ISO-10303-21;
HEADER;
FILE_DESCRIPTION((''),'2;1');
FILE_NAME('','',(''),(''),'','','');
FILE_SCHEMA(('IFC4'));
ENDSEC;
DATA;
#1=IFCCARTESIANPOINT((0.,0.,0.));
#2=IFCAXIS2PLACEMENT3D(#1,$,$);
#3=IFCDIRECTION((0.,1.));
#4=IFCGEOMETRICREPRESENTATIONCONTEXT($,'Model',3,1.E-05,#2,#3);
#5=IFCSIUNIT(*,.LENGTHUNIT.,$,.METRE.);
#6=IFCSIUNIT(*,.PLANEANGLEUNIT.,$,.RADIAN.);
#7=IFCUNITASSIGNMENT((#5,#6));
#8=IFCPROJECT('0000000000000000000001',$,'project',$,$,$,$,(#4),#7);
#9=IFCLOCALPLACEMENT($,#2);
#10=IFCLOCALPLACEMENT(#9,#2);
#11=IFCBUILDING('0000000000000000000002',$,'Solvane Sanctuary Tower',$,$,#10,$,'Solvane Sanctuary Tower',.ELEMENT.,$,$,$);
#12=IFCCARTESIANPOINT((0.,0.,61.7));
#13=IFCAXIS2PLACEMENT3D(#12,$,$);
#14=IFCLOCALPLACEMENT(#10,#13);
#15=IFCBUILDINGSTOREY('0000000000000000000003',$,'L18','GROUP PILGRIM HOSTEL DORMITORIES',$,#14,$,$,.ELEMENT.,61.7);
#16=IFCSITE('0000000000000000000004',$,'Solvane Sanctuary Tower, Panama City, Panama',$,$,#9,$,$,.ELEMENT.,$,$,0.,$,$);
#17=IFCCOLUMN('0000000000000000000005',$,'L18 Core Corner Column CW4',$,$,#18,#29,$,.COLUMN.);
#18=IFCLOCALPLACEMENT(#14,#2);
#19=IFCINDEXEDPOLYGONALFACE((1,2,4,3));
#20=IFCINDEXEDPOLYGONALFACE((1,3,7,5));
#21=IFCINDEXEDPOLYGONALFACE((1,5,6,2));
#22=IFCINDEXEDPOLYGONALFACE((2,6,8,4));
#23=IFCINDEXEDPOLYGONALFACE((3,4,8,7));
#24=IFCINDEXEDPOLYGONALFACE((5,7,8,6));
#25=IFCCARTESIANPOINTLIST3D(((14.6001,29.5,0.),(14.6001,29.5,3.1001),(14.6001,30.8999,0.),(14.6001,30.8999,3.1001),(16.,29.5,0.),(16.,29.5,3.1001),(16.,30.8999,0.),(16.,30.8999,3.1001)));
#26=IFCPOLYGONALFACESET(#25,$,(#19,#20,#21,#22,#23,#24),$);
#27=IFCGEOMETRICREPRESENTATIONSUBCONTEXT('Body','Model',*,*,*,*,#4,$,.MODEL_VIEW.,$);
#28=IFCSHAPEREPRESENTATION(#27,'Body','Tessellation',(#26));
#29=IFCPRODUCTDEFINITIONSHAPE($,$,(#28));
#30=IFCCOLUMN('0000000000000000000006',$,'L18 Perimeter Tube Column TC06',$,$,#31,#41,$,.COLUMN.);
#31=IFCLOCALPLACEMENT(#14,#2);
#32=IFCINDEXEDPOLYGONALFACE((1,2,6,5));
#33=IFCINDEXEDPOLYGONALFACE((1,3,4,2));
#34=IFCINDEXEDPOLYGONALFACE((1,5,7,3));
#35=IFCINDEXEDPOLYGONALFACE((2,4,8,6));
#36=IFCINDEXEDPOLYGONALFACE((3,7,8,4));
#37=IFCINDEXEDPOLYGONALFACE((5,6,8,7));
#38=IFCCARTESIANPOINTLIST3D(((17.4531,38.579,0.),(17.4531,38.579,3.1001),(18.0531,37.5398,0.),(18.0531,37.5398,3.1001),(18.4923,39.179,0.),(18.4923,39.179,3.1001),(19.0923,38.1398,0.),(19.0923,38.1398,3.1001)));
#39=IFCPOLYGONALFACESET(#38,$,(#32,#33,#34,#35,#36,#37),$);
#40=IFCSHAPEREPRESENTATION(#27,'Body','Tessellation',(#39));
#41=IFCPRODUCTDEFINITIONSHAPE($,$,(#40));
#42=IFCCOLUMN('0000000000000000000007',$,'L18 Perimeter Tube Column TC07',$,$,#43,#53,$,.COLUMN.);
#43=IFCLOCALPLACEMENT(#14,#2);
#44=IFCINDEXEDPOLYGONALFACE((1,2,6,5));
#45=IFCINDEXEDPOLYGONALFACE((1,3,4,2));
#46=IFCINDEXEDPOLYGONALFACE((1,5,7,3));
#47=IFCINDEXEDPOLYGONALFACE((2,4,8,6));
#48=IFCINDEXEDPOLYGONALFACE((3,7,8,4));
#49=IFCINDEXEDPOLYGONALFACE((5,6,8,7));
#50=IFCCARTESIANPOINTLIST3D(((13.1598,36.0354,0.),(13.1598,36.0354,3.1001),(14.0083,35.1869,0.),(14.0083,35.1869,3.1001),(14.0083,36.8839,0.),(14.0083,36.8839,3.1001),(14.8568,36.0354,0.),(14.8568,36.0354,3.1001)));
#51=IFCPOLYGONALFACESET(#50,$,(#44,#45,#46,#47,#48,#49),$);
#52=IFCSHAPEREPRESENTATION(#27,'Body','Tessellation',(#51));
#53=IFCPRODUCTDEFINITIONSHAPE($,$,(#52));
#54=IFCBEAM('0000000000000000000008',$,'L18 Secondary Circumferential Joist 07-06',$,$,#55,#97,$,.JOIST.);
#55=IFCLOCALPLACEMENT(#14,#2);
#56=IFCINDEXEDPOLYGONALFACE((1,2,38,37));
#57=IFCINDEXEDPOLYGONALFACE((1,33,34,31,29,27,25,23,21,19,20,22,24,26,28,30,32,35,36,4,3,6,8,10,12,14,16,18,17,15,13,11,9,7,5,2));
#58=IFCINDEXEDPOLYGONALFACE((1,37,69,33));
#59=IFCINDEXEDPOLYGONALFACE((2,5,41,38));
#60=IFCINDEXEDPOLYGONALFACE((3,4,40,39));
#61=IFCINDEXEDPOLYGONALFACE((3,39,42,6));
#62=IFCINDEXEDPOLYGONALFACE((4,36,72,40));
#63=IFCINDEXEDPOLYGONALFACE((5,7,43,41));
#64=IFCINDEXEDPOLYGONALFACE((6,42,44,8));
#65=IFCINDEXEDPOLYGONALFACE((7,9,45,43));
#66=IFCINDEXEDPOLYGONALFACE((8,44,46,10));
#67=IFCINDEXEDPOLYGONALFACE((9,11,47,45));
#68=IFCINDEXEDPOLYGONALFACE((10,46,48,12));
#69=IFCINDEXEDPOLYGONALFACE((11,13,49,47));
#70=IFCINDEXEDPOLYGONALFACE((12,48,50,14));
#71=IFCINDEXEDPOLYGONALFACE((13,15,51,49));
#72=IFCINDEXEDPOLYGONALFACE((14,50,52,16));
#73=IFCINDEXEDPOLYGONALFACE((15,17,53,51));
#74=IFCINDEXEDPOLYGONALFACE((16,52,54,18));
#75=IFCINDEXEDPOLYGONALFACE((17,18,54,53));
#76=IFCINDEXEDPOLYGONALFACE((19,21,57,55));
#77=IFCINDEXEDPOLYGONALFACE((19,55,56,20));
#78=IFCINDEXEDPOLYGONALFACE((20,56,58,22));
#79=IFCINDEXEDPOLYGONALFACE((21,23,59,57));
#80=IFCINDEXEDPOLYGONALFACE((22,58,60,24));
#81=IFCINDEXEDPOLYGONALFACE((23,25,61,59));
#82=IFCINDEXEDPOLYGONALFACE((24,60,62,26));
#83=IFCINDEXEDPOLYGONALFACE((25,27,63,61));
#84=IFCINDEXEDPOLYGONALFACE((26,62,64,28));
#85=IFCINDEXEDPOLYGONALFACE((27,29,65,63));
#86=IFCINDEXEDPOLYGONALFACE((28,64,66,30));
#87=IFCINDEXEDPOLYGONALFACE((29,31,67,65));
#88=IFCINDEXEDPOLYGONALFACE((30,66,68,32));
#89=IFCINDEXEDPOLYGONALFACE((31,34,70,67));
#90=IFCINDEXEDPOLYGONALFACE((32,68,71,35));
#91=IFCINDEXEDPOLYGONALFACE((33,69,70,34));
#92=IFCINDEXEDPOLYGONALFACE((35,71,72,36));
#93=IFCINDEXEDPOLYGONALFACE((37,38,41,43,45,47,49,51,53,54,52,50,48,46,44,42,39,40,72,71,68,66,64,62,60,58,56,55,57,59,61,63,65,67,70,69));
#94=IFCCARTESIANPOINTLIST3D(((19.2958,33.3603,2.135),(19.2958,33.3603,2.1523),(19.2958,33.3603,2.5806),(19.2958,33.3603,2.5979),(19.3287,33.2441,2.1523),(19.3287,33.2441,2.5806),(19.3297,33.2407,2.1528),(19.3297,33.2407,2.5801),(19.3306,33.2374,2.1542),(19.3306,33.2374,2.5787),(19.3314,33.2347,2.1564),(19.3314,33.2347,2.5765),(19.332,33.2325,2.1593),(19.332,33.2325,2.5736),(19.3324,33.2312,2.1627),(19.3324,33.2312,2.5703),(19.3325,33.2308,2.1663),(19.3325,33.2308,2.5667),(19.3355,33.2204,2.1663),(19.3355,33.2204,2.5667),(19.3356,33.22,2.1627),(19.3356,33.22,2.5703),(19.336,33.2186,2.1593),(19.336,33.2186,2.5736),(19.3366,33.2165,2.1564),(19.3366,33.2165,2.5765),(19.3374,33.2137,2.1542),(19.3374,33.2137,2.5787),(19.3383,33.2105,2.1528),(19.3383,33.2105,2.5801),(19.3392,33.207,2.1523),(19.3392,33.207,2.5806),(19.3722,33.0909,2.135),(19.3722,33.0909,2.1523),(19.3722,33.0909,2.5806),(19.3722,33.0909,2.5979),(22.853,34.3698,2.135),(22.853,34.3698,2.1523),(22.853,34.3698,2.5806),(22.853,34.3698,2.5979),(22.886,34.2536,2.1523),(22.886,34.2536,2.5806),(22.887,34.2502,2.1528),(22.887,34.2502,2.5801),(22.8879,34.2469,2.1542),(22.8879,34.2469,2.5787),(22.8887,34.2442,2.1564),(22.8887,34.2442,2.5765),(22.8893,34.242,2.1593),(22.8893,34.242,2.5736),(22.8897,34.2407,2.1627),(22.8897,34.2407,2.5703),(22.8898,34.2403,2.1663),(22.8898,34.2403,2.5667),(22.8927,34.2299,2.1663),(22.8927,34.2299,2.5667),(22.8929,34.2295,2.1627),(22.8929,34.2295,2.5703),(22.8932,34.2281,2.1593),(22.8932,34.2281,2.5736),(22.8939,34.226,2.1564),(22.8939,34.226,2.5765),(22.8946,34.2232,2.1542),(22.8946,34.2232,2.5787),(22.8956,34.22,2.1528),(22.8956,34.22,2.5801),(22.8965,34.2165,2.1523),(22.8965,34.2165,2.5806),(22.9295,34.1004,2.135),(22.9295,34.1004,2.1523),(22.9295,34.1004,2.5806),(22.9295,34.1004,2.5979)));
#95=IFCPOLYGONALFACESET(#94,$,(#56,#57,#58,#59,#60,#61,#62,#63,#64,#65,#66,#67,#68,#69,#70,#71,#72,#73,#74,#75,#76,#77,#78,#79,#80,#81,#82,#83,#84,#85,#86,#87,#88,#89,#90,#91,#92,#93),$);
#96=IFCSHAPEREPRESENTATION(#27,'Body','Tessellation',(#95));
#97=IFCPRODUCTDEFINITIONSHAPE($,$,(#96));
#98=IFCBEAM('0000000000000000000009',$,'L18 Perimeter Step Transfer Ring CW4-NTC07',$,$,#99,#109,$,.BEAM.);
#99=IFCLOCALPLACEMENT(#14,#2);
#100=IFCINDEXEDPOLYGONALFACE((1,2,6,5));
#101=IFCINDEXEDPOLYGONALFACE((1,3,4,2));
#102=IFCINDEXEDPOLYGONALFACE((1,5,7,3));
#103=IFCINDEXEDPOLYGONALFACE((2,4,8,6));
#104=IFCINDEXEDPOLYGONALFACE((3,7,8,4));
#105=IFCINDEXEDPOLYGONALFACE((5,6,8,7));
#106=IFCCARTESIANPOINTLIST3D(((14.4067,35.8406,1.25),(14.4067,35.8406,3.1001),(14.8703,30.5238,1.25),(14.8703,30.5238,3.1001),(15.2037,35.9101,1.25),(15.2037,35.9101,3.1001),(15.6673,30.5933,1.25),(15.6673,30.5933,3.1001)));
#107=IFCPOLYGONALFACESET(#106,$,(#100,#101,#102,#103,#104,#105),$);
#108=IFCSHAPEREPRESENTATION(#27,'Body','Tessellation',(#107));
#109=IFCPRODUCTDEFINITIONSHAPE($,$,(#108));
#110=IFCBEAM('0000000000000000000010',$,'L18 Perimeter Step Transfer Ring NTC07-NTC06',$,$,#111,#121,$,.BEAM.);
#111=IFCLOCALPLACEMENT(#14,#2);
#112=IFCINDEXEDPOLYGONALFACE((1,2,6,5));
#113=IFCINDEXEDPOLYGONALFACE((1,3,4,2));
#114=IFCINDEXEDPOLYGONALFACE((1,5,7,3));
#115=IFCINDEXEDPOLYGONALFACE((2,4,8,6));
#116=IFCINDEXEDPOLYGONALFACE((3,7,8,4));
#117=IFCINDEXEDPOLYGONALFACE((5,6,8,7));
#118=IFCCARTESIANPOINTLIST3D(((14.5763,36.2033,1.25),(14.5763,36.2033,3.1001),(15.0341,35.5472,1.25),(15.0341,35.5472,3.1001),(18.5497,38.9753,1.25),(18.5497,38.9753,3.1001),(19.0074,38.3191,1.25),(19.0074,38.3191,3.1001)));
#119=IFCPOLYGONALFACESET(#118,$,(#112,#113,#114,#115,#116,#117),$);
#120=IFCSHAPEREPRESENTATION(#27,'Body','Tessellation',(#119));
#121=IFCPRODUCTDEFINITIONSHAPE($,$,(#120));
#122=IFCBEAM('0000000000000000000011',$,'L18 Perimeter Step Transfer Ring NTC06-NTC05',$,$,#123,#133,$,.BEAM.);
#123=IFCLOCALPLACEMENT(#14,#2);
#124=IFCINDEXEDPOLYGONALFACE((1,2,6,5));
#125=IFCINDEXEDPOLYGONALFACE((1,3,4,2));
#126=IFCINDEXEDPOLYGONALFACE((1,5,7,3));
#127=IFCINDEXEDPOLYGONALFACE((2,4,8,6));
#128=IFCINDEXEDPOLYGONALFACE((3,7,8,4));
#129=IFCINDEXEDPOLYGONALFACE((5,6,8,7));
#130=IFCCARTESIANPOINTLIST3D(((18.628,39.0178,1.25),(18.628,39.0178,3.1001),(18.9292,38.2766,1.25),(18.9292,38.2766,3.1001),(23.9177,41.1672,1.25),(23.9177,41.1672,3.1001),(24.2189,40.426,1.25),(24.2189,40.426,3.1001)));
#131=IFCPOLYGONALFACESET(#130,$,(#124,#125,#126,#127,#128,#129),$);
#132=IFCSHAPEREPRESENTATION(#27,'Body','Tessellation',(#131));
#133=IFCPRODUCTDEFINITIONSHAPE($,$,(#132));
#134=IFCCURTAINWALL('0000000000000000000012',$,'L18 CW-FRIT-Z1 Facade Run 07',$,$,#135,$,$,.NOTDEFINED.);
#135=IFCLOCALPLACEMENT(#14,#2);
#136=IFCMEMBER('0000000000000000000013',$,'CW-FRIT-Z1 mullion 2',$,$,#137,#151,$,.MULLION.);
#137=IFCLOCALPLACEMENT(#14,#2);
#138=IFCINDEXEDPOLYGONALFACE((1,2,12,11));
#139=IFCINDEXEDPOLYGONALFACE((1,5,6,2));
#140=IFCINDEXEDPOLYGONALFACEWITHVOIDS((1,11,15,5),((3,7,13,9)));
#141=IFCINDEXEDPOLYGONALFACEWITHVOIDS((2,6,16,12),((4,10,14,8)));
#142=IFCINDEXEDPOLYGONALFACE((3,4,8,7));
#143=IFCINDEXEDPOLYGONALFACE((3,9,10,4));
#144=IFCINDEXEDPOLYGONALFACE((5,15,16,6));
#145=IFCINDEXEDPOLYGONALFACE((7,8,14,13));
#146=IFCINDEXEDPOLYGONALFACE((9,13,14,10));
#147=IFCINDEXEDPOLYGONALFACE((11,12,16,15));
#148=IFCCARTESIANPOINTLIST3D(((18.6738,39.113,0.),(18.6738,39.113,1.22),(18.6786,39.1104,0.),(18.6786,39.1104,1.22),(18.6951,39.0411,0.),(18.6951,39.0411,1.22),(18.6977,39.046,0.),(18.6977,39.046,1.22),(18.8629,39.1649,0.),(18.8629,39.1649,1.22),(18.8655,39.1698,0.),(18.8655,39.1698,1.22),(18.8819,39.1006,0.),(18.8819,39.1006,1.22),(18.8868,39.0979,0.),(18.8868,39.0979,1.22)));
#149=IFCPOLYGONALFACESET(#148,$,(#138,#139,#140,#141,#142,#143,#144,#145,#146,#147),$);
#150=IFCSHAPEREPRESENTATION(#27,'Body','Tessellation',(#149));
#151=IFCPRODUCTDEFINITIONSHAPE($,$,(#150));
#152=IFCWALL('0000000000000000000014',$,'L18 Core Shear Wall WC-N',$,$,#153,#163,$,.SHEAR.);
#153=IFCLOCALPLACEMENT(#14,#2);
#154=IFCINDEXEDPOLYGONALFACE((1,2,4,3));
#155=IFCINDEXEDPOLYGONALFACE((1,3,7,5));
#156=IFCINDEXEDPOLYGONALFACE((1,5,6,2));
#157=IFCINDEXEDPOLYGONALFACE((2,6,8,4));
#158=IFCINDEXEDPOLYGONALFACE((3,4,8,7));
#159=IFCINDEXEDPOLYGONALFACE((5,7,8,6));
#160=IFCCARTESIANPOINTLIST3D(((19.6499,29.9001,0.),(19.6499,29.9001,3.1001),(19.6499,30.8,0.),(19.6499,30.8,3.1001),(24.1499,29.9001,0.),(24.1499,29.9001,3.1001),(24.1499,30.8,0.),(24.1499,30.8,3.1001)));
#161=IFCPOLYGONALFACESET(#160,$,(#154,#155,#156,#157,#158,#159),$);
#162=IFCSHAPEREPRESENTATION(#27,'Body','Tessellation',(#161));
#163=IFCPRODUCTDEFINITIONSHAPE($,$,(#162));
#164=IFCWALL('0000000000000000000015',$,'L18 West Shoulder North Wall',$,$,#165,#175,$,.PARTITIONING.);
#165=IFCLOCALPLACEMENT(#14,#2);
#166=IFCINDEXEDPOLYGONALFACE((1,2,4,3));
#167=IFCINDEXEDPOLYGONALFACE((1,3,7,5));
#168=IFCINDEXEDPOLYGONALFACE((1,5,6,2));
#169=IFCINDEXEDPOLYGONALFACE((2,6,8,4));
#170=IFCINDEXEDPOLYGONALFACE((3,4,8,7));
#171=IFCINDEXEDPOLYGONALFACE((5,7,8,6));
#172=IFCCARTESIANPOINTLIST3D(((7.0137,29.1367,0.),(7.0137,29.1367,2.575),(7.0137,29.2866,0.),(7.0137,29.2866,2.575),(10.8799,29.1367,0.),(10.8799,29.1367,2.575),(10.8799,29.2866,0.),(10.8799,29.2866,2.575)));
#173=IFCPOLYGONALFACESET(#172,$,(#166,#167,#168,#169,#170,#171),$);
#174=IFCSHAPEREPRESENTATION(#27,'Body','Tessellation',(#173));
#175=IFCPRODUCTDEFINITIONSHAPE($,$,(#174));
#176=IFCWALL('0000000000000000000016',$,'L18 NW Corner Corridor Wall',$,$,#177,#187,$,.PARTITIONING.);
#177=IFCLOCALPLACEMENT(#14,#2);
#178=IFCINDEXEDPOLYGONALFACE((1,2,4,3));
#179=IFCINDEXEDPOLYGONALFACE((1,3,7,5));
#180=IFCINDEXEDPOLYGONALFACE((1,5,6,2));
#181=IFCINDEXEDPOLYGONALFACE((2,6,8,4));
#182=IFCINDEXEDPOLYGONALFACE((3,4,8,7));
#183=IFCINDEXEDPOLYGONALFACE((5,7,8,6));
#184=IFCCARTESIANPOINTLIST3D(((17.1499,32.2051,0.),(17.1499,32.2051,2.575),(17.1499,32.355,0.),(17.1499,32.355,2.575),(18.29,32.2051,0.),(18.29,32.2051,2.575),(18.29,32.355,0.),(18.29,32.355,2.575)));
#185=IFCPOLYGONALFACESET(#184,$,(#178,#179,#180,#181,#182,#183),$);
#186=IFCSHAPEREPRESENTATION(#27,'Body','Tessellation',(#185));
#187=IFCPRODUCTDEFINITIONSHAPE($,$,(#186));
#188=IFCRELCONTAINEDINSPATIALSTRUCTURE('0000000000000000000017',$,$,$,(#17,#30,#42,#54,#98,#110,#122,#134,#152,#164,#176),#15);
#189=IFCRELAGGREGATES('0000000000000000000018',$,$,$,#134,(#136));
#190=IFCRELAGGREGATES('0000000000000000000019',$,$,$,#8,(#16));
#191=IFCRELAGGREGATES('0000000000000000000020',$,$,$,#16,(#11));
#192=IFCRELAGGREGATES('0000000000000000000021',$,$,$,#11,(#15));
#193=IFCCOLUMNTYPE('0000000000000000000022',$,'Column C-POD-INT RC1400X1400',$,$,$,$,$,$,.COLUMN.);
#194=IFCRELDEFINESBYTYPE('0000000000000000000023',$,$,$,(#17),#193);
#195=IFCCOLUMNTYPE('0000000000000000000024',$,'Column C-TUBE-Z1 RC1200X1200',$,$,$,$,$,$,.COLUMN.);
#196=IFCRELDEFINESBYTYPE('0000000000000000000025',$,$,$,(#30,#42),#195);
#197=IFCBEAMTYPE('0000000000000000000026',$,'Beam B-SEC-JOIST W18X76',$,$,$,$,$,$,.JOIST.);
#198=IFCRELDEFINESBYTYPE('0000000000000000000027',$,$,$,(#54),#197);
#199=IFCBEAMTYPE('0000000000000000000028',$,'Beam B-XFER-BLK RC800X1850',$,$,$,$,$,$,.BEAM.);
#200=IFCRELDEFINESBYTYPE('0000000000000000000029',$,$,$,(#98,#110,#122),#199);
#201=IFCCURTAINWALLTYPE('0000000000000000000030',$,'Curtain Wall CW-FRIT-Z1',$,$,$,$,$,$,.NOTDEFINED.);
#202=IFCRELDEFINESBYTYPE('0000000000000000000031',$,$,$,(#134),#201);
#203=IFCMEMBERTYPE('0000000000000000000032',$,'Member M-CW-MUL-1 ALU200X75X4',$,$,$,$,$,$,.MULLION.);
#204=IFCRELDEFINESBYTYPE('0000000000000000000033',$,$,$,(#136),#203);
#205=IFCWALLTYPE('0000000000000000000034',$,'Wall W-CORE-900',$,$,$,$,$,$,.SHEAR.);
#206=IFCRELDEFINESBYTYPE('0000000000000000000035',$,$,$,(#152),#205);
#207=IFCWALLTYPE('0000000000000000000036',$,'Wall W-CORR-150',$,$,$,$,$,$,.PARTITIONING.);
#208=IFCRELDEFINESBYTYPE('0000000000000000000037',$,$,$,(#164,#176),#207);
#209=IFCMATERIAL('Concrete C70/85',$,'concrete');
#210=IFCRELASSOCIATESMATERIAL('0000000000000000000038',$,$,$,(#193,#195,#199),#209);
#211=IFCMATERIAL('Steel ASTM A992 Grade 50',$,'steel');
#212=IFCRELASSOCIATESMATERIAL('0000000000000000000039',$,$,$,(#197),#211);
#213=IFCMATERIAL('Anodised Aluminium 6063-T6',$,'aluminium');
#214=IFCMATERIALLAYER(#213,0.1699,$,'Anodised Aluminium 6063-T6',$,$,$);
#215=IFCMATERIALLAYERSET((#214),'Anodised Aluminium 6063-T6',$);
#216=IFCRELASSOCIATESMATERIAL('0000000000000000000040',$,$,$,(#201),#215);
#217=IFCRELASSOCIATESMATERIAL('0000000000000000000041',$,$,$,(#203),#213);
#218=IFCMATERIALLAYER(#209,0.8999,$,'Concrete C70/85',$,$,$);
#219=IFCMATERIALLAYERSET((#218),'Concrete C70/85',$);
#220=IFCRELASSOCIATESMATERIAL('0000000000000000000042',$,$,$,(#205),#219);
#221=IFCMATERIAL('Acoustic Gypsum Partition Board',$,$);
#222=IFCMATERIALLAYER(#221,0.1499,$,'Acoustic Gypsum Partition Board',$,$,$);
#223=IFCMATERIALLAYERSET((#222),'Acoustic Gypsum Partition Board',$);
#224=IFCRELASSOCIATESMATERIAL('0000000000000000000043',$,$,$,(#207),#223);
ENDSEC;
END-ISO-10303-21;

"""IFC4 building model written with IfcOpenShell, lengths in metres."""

from ifc_helpers import new_model, si_unit, direction, frame, frame_2d, origin, origin_2d, place, context, subcontext, project, spatial, rectangle, hollow_rectangle, i_section, extrude, material, layer, layer_set, material_profile, profile_set, type_object, element, aggregate, save


model = new_model("IFC4")

# Units and contexts
model_context = context("Model", 3, precision=1e-05, world=origin(), true_north=direction((0.0, 1.0)))
body_context = subcontext(model_context, "Body", "Model", "MODEL_VIEW")
ifc_project = project(units=[si_unit("LENGTHUNIT", "METRE"), si_unit("PLANEANGLEUNIT", "RADIAN")], contexts=[model_context])

# Site, building, storey
site_placement = place(None, origin())
site = spatial("IfcSite", under=ifc_project, at=site_placement, Name="Solvane Sanctuary Tower, Panama City, Panama", CompositionType="ELEMENT", RefElevation=0.0)
building_placement = place(site_placement, origin())
building = spatial("IfcBuilding", under=site, at=building_placement, Name="Solvane Sanctuary Tower", LongName="Solvane Sanctuary Tower", CompositionType="ELEMENT")
storey_placement = place(building_placement, frame((0.0, 0.0, 61.7)))
storey = spatial("IfcBuildingStorey", under=building, at=storey_placement, Name="L18", Description="GROUP PILGRIM HOSTEL DORMITORIES", CompositionType="ELEMENT", Elevation=61.7)

# Columns
ifc_material_1 = material(Name="Concrete C70/85", Category="concrete")
ifc_material_profile_1 = material_profile(ifc_material_1, rectangle(XDim=1.3999, YDim=1.3999, at=origin_2d()), Name="RC1400X1400")
ifc_profile_set_1 = profile_set([ifc_material_profile_1], Name="Concrete C70/85")
column_type_1 = type_object("IfcColumnType", Name="Column C-POD-INT RC1400X1400", PredefinedType="COLUMN", material=ifc_profile_set_1)
column_placement = place(storey_placement, frame((15.3, 30.2, 0.0), z_axis=(0.0, 0.0, 1.0), x_axis=(1.0, 0.0, 0.0)))
element("IfcColumn", 1, at=column_placement, inside=storey, type_object=column_type_1, Name="L18 Core Corner Column CW4", PredefinedType="COLUMN", context=body_context, shape_type="SweptSolid", body=[
    extrude(rectangle(XDim=1.3999, YDim=1.3999, at=origin_2d()), origin(), (0.0, 0.0, 1.0), 3.1001),
])
ifc_material_profile_2 = material_profile(ifc_material_1, rectangle(XDim=1.2, YDim=1.2, at=origin_2d()), Name="RC1200X1200")
ifc_profile_set_2 = profile_set([ifc_material_profile_2], Name="Concrete C70/85")
column_type_2 = type_object("IfcColumnType", Name="Column C-TUBE-Z1 RC1200X1200", PredefinedType="COLUMN", material=ifc_profile_set_2)
for number, where, z_axis, x_axis, name in (
    (2, (18.2727, 38.3594, 0.0), (0.0, 0.0, 1.0), (-0.5, 0.866025, 0.0), "L18 Perimeter Tube Column TC06"),
    (3, (14.0083, 36.0354, 0.0), (0.0, 0.0, 1.0), (-0.707107, 0.707107, 0.0), "L18 Perimeter Tube Column TC07"),
):
    element("IfcColumn", number, at=place(storey_placement, frame(where, z_axis=z_axis, x_axis=x_axis)), inside=storey, type_object=column_type_2, Name=name, PredefinedType="COLUMN", context=body_context, shape_type="SweptSolid", body=[
        extrude(rectangle(XDim=1.2, YDim=1.2, at=origin_2d()), origin(), (0.0, 0.0, 1.0), 3.1001),
    ])

# Beams
ifc_material_2 = material(Name="Steel ASTM A992 Grade 50", Category="steel")
ifc_material_profile_3 = material_profile(ifc_material_2, i_section(OverallWidth=0.28, OverallDepth=0.4629, WebThickness=0.0107, FlangeThickness=0.0173, FilletRadius=0.0139, at=origin_2d()), Name="W18X76")
ifc_profile_set_3 = profile_set([ifc_material_profile_3], Name="Steel ASTM A992 Grade 50")
beam_type_1 = type_object("IfcBeamType", Name="Beam B-SEC-JOIST W18X76", PredefinedType="JOIST", material=ifc_profile_set_3)
beam_1_placement = place(storey_placement, frame((19.334, 33.2256, 2.3665), z_axis=(0.962013, 0.273003, 0.0), x_axis=(-0.273003, 0.962013, 0.0)))
element("IfcBeam", 4, at=beam_1_placement, inside=storey, type_object=beam_type_1, Name="L18 Secondary Circumferential Joist 07-06", PredefinedType="JOIST", context=body_context, shape_type="SweptSolid", body=[
    extrude(i_section(OverallWidth=0.28, OverallDepth=0.4629, WebThickness=0.0107, FlangeThickness=0.0173, FilletRadius=0.0139, at=origin_2d()), origin(), (0.0, 0.0, 1.0), 3.6978),
])
ifc_material_profile_4 = material_profile(ifc_material_1, rectangle(XDim=0.8, YDim=1.8501, at=origin_2d()), Name="RC800X1850")
ifc_profile_set_4 = profile_set([ifc_material_profile_4], Name="Concrete C70/85")
beam_type_2 = type_object("IfcBeamType", Name="Beam B-XFER-BLK RC800X1850", PredefinedType="BEAM", material=ifc_profile_set_4)
beam_2_placement = place(storey_placement, frame((15.2688, 30.5586, 2.175), z_axis=(-0.086872, 0.996219, 0.0), x_axis=(-0.996219, -0.086872, 0.0)))
element("IfcBeam", 5, at=beam_2_placement, inside=storey, type_object=beam_type_2, Name="L18 Perimeter Step Transfer Ring CW4-NTC07", PredefinedType="BEAM", context=body_context, shape_type="SweptSolid", body=[
    extrude(rectangle(XDim=0.8, YDim=1.8501, at=origin_2d()), origin(), (0.0, 0.0, 1.0), 5.3369),
])
beam_3_placement = place(storey_placement, frame((14.8052, 35.8752, 2.175), z_axis=(0.820142, 0.57216, 0.0), x_axis=(-0.57216, 0.820142, 0.0)))
element("IfcBeam", 6, at=beam_3_placement, inside=storey, type_object=beam_type_2, Name="L18 Perimeter Step Transfer Ring NTC07-NTC06", PredefinedType="BEAM", context=body_context, shape_type="SweptSolid", body=[
    extrude(rectangle(XDim=0.8, YDim=1.8501, at=origin_2d()), origin(), (0.0, 0.0, 1.0), 4.8447),
])
beam_4_placement = place(storey_placement, frame((18.7786, 38.6472, 2.175), z_axis=(0.92644, 0.376442, 0.0), x_axis=(-0.376442, 0.92644, 0.0)))
element("IfcBeam", 7, at=beam_4_placement, inside=storey, type_object=beam_type_2, Name="L18 Perimeter Step Transfer Ring NTC06-NTC05", PredefinedType="BEAM", context=body_context, shape_type="SweptSolid", body=[
    extrude(rectangle(XDim=0.8, YDim=1.8501, at=origin_2d()), origin(), (0.0, 0.0, 1.0), 5.7097),
])

# Curtain wall, member
ifc_material_3 = material(Name="Anodised Aluminium 6063-T6", Category="aluminium")
ifc_layer_1 = layer(ifc_material_3, 0.1699, Name="Anodised Aluminium 6063-T6")
ifc_layer_set_1 = layer_set([ifc_layer_1], Name="Anodised Aluminium 6063-T6")
curtain_wall_type = type_object("IfcCurtainWallType", Name="Curtain Wall CW-FRIT-Z1", PredefinedType="NOTDEFINED", material=ifc_layer_set_1)
curtain_wall_placement = place(storey_placement, origin())
curtain_wall = element("IfcCurtainWall", 8, at=curtain_wall_placement, inside=storey, type_object=curtain_wall_type, Name="L18 CW-FRIT-Z1 Facade Run 07", PredefinedType="NOTDEFINED")
ifc_material_profile_5 = material_profile(ifc_material_3, hollow_rectangle(XDim=0.075, YDim=0.2, WallThickness=0.0039, at=origin_2d()), Name="ALU200X75X4")
ifc_profile_set_5 = profile_set([ifc_material_profile_5], Name="Anodised Aluminium 6063-T6")
member_type = type_object("IfcMemberType", Name="Member M-CW-MUL-1 ALU200X75X4", PredefinedType="MULLION", material=ifc_profile_set_5)
member_placement = place(storey_placement, frame((18.7803, 39.1055, 0.0), z_axis=(0.0, 0.0, 1.0), x_axis=(0.283936, -0.958843, 0.0)))
member = element("IfcMember", 9, at=member_placement, type_object=member_type, Name="CW-FRIT-Z1 mullion 2", PredefinedType="MULLION", context=body_context, shape_type="SweptSolid", body=[
    extrude(hollow_rectangle(XDim=0.075, YDim=0.2, WallThickness=0.0039, at=origin_2d()), origin(), (0.0, 0.0, 1.0), 1.22),
])
aggregate(curtain_wall, [member])

# Walls
ifc_layer_2 = layer(ifc_material_1, 0.8999, Name="Concrete C70/85")
ifc_layer_set_2 = layer_set([ifc_layer_2], Name="Concrete C70/85")
wall_type_1 = type_object("IfcWallType", Name="Wall W-CORE-900", PredefinedType="SHEAR", material=ifc_layer_set_2)
wall_1_placement = place(storey_placement, frame((19.6499, 30.3501, 0.0), z_axis=(0.0, 0.0, 1.0), x_axis=(1.0, 0.0, 0.0)))
element("IfcWall", 10, at=wall_1_placement, inside=storey, type_object=wall_type_1, Name="L18 Core Shear Wall WC-N", PredefinedType="SHEAR", context=body_context, shape_type="SweptSolid", body=[
    extrude(rectangle(XDim=4.5, YDim=0.8999, at=frame_2d((2.25, 0.0))), origin(), (0.0, 0.0, 1.0), 3.1001),
])
ifc_material_4 = material(Name="Acoustic Gypsum Partition Board")
ifc_layer_3 = layer(ifc_material_4, 0.1499, Name="Acoustic Gypsum Partition Board")
ifc_layer_set_3 = layer_set([ifc_layer_3], Name="Acoustic Gypsum Partition Board")
wall_type_2 = type_object("IfcWallType", Name="Wall W-CORR-150", PredefinedType="PARTITIONING", material=ifc_layer_set_3)
wall_2_placement = place(storey_placement, frame((7.0137, 29.2117, 0.0), z_axis=(0.0, 0.0, 1.0), x_axis=(1.0, 0.0, 0.0)))
element("IfcWall", 11, at=wall_2_placement, inside=storey, type_object=wall_type_2, Name="L18 West Shoulder North Wall", PredefinedType="PARTITIONING", context=body_context, shape_type="SweptSolid", body=[
    extrude(rectangle(XDim=3.8662, YDim=0.1499, at=frame_2d((1.9331, 0.0))), origin(), (0.0, 0.0, 1.0), 2.575),
])
wall_3_placement = place(storey_placement, frame((17.1499, 32.28, 0.0), z_axis=(0.0, 0.0, 1.0), x_axis=(1.0, 0.0, 0.0)))
element("IfcWall", 12, at=wall_3_placement, inside=storey, type_object=wall_type_2, Name="L18 NW Corner Corridor Wall", PredefinedType="PARTITIONING", context=body_context, shape_type="SweptSolid", body=[
    extrude(rectangle(XDim=1.1401, YDim=0.1499, at=frame_2d((0.5701, 0.0))), origin(), (0.0, 0.0, 1.0), 2.575),
])

save(model, "model.ifc")
